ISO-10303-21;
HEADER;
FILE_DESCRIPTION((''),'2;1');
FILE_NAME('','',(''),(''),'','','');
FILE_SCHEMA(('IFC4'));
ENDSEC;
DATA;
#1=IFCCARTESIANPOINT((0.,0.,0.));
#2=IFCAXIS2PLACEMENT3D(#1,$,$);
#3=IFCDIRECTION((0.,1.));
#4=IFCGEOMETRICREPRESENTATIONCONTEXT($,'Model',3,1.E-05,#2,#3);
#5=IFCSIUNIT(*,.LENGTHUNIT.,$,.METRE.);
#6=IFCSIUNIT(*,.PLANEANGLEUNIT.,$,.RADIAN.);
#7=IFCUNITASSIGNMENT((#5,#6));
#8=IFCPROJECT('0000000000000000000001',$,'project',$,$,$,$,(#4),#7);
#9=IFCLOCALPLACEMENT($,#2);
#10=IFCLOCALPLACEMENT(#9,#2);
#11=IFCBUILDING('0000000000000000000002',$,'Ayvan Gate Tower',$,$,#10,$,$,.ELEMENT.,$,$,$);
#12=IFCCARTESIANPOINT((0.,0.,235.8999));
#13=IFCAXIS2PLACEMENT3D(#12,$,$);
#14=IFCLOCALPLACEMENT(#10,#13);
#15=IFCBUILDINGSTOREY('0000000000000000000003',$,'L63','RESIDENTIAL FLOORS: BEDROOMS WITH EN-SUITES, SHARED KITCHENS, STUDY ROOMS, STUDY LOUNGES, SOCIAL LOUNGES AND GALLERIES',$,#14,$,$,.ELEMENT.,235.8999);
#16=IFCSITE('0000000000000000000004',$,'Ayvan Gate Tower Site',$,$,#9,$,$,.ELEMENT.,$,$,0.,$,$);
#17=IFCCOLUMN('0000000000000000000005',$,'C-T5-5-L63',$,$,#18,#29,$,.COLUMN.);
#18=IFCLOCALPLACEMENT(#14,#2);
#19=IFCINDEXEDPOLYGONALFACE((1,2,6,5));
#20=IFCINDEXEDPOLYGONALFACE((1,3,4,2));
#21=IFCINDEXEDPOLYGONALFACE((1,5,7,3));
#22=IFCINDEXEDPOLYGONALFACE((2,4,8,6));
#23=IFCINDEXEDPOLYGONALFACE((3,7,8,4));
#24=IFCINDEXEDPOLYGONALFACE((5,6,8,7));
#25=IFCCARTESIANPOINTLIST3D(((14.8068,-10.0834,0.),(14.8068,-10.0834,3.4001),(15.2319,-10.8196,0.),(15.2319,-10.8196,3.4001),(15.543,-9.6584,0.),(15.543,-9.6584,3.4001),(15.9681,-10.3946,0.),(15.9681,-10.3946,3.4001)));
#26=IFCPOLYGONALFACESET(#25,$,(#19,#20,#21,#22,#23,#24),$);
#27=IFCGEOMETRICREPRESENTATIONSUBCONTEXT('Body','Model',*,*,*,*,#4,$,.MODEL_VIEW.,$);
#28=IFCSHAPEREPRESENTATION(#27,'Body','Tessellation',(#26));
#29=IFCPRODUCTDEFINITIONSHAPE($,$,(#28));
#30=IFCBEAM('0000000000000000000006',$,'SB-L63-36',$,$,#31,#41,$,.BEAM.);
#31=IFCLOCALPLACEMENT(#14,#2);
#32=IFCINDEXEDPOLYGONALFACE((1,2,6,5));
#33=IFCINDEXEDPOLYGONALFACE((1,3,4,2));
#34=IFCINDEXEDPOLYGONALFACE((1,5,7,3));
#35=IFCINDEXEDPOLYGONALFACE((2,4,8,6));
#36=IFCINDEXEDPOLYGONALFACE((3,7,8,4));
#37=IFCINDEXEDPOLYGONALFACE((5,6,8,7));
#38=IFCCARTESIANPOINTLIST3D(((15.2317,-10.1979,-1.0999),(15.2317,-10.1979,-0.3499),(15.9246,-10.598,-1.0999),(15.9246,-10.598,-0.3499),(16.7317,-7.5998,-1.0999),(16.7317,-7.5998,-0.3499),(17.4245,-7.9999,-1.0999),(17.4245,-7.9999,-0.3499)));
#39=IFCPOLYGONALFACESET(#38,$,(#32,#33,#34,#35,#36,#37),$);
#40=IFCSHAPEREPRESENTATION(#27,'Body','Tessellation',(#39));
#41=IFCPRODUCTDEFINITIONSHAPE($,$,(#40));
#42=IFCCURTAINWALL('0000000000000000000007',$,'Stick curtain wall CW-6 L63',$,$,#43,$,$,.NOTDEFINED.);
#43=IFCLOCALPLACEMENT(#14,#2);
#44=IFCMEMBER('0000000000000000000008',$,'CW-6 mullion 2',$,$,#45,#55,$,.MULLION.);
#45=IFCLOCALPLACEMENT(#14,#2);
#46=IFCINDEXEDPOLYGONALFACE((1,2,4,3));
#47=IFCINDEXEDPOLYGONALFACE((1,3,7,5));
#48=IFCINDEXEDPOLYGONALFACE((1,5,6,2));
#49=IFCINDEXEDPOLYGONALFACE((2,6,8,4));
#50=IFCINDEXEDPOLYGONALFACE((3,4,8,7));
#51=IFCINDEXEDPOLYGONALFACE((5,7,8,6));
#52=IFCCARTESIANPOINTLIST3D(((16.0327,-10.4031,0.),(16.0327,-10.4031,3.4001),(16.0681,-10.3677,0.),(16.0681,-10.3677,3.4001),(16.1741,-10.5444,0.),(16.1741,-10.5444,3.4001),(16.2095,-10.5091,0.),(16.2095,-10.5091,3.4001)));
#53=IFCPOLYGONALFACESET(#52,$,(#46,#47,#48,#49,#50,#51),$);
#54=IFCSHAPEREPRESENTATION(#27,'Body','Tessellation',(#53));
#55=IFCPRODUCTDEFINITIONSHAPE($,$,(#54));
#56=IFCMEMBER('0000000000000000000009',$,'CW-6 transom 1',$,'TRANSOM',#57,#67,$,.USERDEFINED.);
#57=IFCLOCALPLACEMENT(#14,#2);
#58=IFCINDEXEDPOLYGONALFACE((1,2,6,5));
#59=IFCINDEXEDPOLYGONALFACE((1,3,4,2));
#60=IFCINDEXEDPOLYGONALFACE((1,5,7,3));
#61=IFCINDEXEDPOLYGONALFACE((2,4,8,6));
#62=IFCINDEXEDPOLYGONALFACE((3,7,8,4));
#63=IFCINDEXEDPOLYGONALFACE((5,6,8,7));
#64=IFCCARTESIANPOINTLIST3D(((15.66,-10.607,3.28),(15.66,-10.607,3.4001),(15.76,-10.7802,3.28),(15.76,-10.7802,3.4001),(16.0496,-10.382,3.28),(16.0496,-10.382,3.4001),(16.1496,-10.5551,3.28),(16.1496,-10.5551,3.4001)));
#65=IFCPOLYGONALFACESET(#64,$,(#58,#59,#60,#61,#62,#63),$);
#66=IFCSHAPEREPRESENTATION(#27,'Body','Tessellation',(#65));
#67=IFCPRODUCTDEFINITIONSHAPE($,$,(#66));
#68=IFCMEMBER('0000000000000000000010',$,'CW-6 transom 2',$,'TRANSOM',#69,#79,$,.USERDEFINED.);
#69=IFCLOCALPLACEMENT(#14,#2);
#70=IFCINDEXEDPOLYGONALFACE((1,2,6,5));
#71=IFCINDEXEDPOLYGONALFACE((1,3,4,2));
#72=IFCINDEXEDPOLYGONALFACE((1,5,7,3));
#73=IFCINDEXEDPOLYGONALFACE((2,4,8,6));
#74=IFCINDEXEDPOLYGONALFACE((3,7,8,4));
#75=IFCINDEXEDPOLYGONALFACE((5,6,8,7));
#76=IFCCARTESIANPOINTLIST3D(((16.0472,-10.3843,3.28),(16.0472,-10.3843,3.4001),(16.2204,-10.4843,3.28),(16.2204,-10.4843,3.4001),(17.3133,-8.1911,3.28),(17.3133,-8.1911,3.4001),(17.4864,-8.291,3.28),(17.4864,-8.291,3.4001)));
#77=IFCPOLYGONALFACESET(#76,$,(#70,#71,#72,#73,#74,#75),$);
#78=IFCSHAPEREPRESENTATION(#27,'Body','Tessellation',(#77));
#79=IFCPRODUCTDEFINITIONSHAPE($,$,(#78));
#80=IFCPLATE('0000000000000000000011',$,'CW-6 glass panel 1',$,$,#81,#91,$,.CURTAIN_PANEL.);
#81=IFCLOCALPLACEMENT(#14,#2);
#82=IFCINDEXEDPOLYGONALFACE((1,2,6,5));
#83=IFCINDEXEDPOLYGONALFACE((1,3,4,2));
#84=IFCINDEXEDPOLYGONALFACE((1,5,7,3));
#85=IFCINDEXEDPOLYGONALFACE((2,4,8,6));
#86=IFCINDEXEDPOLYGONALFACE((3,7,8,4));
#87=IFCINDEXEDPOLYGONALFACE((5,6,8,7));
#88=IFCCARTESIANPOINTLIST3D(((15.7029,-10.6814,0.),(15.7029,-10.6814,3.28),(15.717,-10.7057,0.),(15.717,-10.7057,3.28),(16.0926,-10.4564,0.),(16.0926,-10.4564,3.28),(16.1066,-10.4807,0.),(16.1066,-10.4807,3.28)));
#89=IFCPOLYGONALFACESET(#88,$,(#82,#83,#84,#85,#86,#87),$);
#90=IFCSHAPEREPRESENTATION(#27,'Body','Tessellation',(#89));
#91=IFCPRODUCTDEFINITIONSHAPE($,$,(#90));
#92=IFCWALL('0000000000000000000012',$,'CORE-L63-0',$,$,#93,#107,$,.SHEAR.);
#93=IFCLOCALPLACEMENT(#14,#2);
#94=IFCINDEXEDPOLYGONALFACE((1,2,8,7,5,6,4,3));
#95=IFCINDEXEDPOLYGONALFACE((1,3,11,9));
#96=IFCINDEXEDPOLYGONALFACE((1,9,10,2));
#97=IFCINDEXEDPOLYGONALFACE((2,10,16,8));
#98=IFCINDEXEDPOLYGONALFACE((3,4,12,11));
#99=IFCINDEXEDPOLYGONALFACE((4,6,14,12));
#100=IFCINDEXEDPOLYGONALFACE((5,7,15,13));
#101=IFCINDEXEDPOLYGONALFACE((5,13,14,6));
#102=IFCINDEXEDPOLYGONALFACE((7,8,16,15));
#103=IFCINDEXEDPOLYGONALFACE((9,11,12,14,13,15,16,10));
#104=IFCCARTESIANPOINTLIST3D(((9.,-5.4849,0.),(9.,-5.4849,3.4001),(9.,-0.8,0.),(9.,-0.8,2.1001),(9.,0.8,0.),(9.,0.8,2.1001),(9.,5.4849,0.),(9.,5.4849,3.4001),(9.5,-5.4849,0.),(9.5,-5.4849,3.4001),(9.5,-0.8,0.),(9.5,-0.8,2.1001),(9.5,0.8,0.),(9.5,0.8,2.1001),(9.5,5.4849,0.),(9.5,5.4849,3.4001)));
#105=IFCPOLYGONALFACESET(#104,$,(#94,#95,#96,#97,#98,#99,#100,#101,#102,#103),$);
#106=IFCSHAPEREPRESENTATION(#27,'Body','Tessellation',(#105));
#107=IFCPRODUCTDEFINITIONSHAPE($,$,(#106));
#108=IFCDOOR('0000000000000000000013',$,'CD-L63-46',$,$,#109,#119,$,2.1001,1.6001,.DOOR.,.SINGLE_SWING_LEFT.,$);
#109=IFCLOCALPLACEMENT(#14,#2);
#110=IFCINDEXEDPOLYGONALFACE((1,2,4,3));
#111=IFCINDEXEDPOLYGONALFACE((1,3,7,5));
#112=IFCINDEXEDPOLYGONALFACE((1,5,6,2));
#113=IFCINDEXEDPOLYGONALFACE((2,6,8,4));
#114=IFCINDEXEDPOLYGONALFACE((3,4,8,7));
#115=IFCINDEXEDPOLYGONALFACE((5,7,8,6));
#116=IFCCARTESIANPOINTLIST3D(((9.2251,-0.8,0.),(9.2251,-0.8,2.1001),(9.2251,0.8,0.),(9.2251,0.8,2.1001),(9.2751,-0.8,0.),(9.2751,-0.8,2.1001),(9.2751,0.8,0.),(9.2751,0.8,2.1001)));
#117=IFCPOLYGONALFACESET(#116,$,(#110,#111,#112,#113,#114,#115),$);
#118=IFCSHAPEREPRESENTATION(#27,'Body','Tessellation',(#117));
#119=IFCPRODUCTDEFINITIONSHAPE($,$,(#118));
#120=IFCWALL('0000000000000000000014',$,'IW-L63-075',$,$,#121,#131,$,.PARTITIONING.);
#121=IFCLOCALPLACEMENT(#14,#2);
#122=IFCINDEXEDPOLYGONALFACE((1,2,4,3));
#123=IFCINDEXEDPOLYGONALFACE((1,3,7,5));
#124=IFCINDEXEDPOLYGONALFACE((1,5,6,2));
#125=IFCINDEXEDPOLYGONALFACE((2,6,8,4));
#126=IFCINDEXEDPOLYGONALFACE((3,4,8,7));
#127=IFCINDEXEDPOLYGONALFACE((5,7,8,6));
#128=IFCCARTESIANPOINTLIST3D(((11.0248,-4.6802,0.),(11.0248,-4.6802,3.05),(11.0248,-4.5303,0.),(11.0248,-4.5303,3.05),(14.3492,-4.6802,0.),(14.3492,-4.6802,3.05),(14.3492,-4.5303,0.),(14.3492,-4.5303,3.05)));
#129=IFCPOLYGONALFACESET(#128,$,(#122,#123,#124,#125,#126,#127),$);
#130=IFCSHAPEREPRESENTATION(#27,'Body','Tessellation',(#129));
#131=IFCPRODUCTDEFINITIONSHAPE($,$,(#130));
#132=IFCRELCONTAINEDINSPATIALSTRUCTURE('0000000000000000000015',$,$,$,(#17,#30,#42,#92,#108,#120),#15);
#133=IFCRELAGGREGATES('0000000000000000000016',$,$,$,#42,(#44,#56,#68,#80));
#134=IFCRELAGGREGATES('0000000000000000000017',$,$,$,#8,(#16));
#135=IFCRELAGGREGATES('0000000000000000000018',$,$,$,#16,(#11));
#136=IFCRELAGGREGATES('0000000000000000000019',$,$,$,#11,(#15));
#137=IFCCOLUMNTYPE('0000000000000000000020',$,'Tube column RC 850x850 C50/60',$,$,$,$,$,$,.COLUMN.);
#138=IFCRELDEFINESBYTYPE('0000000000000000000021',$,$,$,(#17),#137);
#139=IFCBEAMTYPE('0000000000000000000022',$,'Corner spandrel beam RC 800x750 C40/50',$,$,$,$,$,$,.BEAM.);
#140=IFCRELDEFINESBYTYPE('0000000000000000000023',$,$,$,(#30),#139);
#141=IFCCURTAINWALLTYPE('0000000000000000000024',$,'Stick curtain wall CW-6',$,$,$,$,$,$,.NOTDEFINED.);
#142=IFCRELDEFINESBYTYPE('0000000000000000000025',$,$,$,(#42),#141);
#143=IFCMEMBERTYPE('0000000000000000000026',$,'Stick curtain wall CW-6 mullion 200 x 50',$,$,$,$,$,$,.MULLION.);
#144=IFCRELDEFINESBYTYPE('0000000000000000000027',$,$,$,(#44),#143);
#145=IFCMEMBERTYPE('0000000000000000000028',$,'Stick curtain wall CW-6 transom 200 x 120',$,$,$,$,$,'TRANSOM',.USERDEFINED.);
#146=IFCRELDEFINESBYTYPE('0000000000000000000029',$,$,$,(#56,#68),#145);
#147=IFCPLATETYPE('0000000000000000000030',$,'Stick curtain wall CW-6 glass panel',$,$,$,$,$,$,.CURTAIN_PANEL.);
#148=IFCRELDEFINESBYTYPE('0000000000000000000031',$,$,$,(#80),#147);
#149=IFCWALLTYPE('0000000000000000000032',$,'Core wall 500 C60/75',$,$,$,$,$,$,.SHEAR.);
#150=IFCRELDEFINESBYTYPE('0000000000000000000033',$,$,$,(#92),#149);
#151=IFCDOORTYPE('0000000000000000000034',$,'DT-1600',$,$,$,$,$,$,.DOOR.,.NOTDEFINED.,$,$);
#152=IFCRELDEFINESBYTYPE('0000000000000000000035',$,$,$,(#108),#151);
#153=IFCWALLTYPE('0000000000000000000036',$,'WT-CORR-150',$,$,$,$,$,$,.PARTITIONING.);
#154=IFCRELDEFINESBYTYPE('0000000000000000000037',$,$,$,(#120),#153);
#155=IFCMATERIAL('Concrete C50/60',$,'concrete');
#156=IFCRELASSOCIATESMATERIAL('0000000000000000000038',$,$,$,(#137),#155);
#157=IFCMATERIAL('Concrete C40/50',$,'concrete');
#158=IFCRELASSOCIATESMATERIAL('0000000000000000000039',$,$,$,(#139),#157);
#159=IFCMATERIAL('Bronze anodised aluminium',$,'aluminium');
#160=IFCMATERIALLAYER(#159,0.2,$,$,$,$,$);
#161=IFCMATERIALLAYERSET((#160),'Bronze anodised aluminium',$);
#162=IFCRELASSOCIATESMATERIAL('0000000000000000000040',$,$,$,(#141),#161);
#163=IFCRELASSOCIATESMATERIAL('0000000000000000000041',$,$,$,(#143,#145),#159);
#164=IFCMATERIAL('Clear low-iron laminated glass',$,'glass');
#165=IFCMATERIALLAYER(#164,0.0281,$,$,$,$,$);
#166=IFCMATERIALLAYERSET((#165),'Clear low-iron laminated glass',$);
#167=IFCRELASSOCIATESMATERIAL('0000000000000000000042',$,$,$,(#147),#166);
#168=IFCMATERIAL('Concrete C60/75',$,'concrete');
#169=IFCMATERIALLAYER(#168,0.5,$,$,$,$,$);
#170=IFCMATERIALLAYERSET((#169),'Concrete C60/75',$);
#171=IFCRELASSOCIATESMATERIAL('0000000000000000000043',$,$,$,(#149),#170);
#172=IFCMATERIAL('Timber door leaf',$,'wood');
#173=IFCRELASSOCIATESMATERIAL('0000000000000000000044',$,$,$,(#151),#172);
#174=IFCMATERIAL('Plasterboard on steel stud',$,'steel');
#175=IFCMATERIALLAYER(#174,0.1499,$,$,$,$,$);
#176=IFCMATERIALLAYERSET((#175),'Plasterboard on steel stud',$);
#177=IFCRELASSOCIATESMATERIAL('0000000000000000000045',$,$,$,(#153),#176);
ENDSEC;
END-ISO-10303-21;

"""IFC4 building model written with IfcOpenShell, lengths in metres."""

from ifc_helpers import new_model, si_unit, direction, frame, frame_2d, origin, origin_2d, place, context, subcontext, project, spatial, rectangle, extrude, material, layer, layer_set, material_profile, profile_set, type_object, element, fill, aggregate, save


model = new_model("IFC4")

# Units and contexts
model_context = context("Model", 3, precision=1e-05, world=origin(), true_north=direction((0.0, 1.0)))
body_context = subcontext(model_context, "Body", "Model", "MODEL_VIEW")
ifc_project = project(units=[si_unit("LENGTHUNIT", "METRE"), si_unit("PLANEANGLEUNIT", "RADIAN")], contexts=[model_context])

# Site, building, storey
site_placement = place(None, origin())
site = spatial("IfcSite", under=ifc_project, at=site_placement, Name="Ayvan Gate Tower Site", CompositionType="ELEMENT", RefElevation=0.0)
building_placement = place(site_placement, origin())
building = spatial("IfcBuilding", under=site, at=building_placement, Name="Ayvan Gate Tower", CompositionType="ELEMENT")
storey_placement = place(building_placement, frame((0.0, 0.0, 235.8999)))
storey = spatial("IfcBuildingStorey", under=building, at=storey_placement, Name="L63", Description="RESIDENTIAL FLOORS: BEDROOMS WITH EN-SUITES, SHARED KITCHENS, STUDY ROOMS, STUDY LOUNGES, SOCIAL LOUNGES AND GALLERIES", CompositionType="ELEMENT", Elevation=235.8999)

# Column
ifc_material_1 = material(Name="Concrete C50/60", Category="concrete")
ifc_material_profile_1 = material_profile(ifc_material_1, rectangle(XDim=0.8501, YDim=0.8501, at=origin_2d()), Name="RC 850x850")
ifc_profile_set_1 = profile_set([ifc_material_profile_1], Name="Concrete C50/60")
column_type = type_object("IfcColumnType", Name="Tube column RC 850x850 C50/60", PredefinedType="COLUMN", material=ifc_profile_set_1)
column_placement = place(storey_placement, frame((15.3875, -10.239, 0.0), z_axis=(0.0, 0.0, 1.0), x_axis=(0.5, -0.866025, 0.0)))
element("IfcColumn", 1, at=column_placement, inside=storey, type_object=column_type, Name="C-T5-5-L63", PredefinedType="COLUMN", context=body_context, shape_type="SweptSolid", body=[
    extrude(rectangle(XDim=0.8501, YDim=0.8501, at=origin_2d()), origin(), (0.0, 0.0, 1.0), 3.4001),
])

# Beam
ifc_material_2 = material(Name="Concrete C40/50", Category="concrete")
ifc_material_profile_2 = material_profile(ifc_material_2, rectangle(XDim=0.8, YDim=0.75, at=origin_2d()), Name="RC 800x750")
ifc_profile_set_2 = profile_set([ifc_material_profile_2], Name="Concrete C40/50")
beam_type = type_object("IfcBeamType", Name="Corner spandrel beam RC 800x750 C40/50", PredefinedType="BEAM", material=ifc_profile_set_2)
beam_placement = place(storey_placement, frame((15.5781, -10.3979, -0.7249), z_axis=(0.49999, 0.866031, 0.0), x_axis=(-0.866031, 0.49999, 0.0)))
element("IfcBeam", 2, at=beam_placement, inside=storey, type_object=beam_type, Name="SB-L63-36", PredefinedType="BEAM", context=body_context, shape_type="SweptSolid", body=[
    extrude(rectangle(XDim=0.8, YDim=0.75, at=origin_2d()), origin(), (0.0, 0.0, 1.0), 3.0),
])

# Curtain wall, members, plate
ifc_material_3 = material(Name="Bronze anodised aluminium", Category="aluminium")
ifc_layer_1 = layer(ifc_material_3, 0.2)
ifc_layer_set_1 = layer_set([ifc_layer_1], Name="Bronze anodised aluminium")
curtain_wall_type = type_object("IfcCurtainWallType", Name="Stick curtain wall CW-6", PredefinedType="NOTDEFINED", material=ifc_layer_set_1)
curtain_wall_placement = place(storey_placement, origin())
curtain_wall = element("IfcCurtainWall", 3, at=curtain_wall_placement, inside=storey, type_object=curtain_wall_type, Name="Stick curtain wall CW-6 L63", PredefinedType="NOTDEFINED")
ifc_material_profile_3 = material_profile(ifc_material_3, rectangle(XDim=0.2, YDim=0.05, at=origin_2d()), Name="Stick curtain wall CW-6 mullion 200 x 50")
ifc_profile_set_3 = profile_set([ifc_material_profile_3], Name="Bronze anodised aluminium")
member_type_1 = type_object("IfcMemberType", Name="Stick curtain wall CW-6 mullion 200 x 50", PredefinedType="MULLION", material=ifc_profile_set_3)
member_1_placement = place(storey_placement, frame((16.1211, -10.4561, 0.0), z_axis=(0.0, 0.0, 1.0), x_axis=(0.707107, -0.707107, 0.0)))
member_1 = element("IfcMember", 4, at=member_1_placement, type_object=member_type_1, Name="CW-6 mullion 2", PredefinedType="MULLION", context=body_context, shape_type="SweptSolid", body=[
    extrude(rectangle(XDim=0.2, YDim=0.05, at=origin_2d()), origin(), (0.0, 0.0, 1.0), 3.4001),
])
ifc_material_profile_4 = material_profile(ifc_material_3, rectangle(XDim=0.2, YDim=0.1201, at=origin_2d()), Name="Stick curtain wall CW-6 transom 200 x 120")
ifc_profile_set_4 = profile_set([ifc_material_profile_4], Name="Bronze anodised aluminium")
member_type_2 = type_object("IfcMemberType", Name="Stick curtain wall CW-6 transom 200 x 120", ElementType="TRANSOM", PredefinedType="USERDEFINED", material=ifc_profile_set_4)
member_2_placement = place(storey_placement, frame((15.71, -10.6936, 3.3401), z_axis=(0.865896, 0.500223, 0.0), x_axis=(-0.500223, 0.865896, 0.0)))
member_2 = element("IfcMember", 5, at=member_2_placement, type_object=member_type_2, Name="CW-6 transom 1", ObjectType="TRANSOM", PredefinedType="USERDEFINED", context=body_context, shape_type="SweptSolid", body=[
    extrude(rectangle(XDim=0.2, YDim=0.1201, at=origin_2d()), origin(), (0.0, 0.0, 1.0), 0.45),
])
member_3_placement = place(storey_placement, frame((16.1338, -10.4343, 3.3401), z_axis=(0.499934, 0.866064, 0.0), x_axis=(-0.866064, 0.499934, 0.0)))
member_3 = element("IfcMember", 6, at=member_3_placement, type_object=member_type_2, Name="CW-6 transom 2", ObjectType="TRANSOM", PredefinedType="USERDEFINED", context=body_context, shape_type="SweptSolid", body=[
    extrude(rectangle(XDim=0.2, YDim=0.1201, at=origin_2d()), origin(), (0.0, 0.0, 1.0), 2.5325),
])
ifc_material_4 = material(Name="Clear low-iron laminated glass", Category="glass")
ifc_layer_2 = layer(ifc_material_4, 0.0281)
ifc_layer_set_2 = layer_set([ifc_layer_2], Name="Clear low-iron laminated glass")
plate_type = type_object("IfcPlateType", Name="Stick curtain wall CW-6 glass panel", PredefinedType="CURTAIN_PANEL", material=ifc_layer_set_2)
plate_placement = place(storey_placement, frame((15.9048, -10.5811, 0.0), z_axis=(0.0, 0.0, 1.0), x_axis=(0.866025, 0.5, 0.0)))
plate = element("IfcPlate", 7, at=plate_placement, type_object=plate_type, Name="CW-6 glass panel 1", PredefinedType="CURTAIN_PANEL", context=body_context, shape_type="SweptSolid", body=[
    extrude(rectangle(XDim=0.45, YDim=0.0281, at=origin_2d()), origin(), (0.0, 0.0, 1.0), 3.28),
])
aggregate(curtain_wall, [member_1, member_2, member_3, plate])

# Wall, opening, door
ifc_material_5 = material(Name="Concrete C60/75", Category="concrete")
ifc_layer_3 = layer(ifc_material_5, 0.5)
ifc_layer_set_3 = layer_set([ifc_layer_3], Name="Concrete C60/75")
wall_type_1 = type_object("IfcWallType", Name="Core wall 500 C60/75", PredefinedType="SHEAR", material=ifc_layer_set_3)
wall_1_placement = place(storey_placement, frame((9.25, -5.4849, 0.0), z_axis=(0.0, 0.0, 1.0), x_axis=(0.0, 1.0, 0.0)))
wall_1 = element("IfcWall", 8, at=wall_1_placement, inside=storey, type_object=wall_type_1, Name="CORE-L63-0", PredefinedType="SHEAR", context=body_context, shape_type="SweptSolid", body=[
    extrude(rectangle(XDim=10.9697, YDim=0.5, at=frame_2d((5.4849, 0.0))), origin(), (0.0, 0.0, 1.0), 3.4001),
])
opening_1_placement = place(wall_1_placement, frame((4.6848, 0.0, 0.0)))
opening_1 = element("IfcOpeningElement", 9, at=opening_1_placement, cuts=wall_1, PredefinedType="OPENING", context=body_context, shape_type="SweptSolid", body=[
    extrude(rectangle(XDim=1.6001, YDim=2.1001, at=frame_2d((0.8, 1.05))), frame((0.0, 0.26, 0.0), z_axis=(0.0, -1.0, 0.0), x_axis=(1.0, 0.0, 0.0)), (0.0, 0.0, 1.0), 0.52),
])
ifc_material_6 = material(Name="Timber door leaf", Category="wood")
door_type_1 = type_object("IfcDoorType", Name="DT-1600", OperationType="NOTDEFINED", PredefinedType="DOOR", material=ifc_material_6)
door_1_placement = place(opening_1_placement, origin())
door_1 = element("IfcDoor", 10, at=door_1_placement, inside=storey, type_object=door_type_1, Name="CD-L63-46", OperationType="SINGLE_SWING_LEFT", OverallHeight=2.1001, OverallWidth=1.6001, PredefinedType="DOOR", context=body_context, shape_type="SweptSolid", body=[
    extrude(rectangle(XDim=1.6001, YDim=2.1001, at=frame_2d((0.8, 1.05))), frame((0.0, 0.0249, 0.0), z_axis=(0.0, -1.0, 0.0), x_axis=(1.0, 0.0, 0.0)), (0.0, 0.0, 1.0), 0.05),
])
fill(opening_1, door_1)

# Wall
ifc_material_7 = material(Name="Plasterboard on steel stud", Category="steel")
ifc_layer_4 = layer(ifc_material_7, 0.1499)
ifc_layer_set_4 = layer_set([ifc_layer_4], Name="Plasterboard on steel stud")
wall_type_2 = type_object("IfcWallType", Name="WT-CORR-150", PredefinedType="PARTITIONING", material=ifc_layer_set_4)
wall_2_placement = place(storey_placement, frame((11.0249, -4.6052, 0.0), z_axis=(0.0, 0.0, 1.0), x_axis=(1.0, 0.0, 0.0)))
element("IfcWall", 11, at=wall_2_placement, inside=storey, type_object=wall_type_2, Name="IW-L63-075", PredefinedType="PARTITIONING", context=body_context, shape_type="SweptSolid", body=[
    extrude(rectangle(XDim=3.3245, YDim=0.1499, at=frame_2d((1.6621, 0.0))), origin(), (0.0, 0.0, 1.0), 3.05),
])

save(model, "model.ifc")
